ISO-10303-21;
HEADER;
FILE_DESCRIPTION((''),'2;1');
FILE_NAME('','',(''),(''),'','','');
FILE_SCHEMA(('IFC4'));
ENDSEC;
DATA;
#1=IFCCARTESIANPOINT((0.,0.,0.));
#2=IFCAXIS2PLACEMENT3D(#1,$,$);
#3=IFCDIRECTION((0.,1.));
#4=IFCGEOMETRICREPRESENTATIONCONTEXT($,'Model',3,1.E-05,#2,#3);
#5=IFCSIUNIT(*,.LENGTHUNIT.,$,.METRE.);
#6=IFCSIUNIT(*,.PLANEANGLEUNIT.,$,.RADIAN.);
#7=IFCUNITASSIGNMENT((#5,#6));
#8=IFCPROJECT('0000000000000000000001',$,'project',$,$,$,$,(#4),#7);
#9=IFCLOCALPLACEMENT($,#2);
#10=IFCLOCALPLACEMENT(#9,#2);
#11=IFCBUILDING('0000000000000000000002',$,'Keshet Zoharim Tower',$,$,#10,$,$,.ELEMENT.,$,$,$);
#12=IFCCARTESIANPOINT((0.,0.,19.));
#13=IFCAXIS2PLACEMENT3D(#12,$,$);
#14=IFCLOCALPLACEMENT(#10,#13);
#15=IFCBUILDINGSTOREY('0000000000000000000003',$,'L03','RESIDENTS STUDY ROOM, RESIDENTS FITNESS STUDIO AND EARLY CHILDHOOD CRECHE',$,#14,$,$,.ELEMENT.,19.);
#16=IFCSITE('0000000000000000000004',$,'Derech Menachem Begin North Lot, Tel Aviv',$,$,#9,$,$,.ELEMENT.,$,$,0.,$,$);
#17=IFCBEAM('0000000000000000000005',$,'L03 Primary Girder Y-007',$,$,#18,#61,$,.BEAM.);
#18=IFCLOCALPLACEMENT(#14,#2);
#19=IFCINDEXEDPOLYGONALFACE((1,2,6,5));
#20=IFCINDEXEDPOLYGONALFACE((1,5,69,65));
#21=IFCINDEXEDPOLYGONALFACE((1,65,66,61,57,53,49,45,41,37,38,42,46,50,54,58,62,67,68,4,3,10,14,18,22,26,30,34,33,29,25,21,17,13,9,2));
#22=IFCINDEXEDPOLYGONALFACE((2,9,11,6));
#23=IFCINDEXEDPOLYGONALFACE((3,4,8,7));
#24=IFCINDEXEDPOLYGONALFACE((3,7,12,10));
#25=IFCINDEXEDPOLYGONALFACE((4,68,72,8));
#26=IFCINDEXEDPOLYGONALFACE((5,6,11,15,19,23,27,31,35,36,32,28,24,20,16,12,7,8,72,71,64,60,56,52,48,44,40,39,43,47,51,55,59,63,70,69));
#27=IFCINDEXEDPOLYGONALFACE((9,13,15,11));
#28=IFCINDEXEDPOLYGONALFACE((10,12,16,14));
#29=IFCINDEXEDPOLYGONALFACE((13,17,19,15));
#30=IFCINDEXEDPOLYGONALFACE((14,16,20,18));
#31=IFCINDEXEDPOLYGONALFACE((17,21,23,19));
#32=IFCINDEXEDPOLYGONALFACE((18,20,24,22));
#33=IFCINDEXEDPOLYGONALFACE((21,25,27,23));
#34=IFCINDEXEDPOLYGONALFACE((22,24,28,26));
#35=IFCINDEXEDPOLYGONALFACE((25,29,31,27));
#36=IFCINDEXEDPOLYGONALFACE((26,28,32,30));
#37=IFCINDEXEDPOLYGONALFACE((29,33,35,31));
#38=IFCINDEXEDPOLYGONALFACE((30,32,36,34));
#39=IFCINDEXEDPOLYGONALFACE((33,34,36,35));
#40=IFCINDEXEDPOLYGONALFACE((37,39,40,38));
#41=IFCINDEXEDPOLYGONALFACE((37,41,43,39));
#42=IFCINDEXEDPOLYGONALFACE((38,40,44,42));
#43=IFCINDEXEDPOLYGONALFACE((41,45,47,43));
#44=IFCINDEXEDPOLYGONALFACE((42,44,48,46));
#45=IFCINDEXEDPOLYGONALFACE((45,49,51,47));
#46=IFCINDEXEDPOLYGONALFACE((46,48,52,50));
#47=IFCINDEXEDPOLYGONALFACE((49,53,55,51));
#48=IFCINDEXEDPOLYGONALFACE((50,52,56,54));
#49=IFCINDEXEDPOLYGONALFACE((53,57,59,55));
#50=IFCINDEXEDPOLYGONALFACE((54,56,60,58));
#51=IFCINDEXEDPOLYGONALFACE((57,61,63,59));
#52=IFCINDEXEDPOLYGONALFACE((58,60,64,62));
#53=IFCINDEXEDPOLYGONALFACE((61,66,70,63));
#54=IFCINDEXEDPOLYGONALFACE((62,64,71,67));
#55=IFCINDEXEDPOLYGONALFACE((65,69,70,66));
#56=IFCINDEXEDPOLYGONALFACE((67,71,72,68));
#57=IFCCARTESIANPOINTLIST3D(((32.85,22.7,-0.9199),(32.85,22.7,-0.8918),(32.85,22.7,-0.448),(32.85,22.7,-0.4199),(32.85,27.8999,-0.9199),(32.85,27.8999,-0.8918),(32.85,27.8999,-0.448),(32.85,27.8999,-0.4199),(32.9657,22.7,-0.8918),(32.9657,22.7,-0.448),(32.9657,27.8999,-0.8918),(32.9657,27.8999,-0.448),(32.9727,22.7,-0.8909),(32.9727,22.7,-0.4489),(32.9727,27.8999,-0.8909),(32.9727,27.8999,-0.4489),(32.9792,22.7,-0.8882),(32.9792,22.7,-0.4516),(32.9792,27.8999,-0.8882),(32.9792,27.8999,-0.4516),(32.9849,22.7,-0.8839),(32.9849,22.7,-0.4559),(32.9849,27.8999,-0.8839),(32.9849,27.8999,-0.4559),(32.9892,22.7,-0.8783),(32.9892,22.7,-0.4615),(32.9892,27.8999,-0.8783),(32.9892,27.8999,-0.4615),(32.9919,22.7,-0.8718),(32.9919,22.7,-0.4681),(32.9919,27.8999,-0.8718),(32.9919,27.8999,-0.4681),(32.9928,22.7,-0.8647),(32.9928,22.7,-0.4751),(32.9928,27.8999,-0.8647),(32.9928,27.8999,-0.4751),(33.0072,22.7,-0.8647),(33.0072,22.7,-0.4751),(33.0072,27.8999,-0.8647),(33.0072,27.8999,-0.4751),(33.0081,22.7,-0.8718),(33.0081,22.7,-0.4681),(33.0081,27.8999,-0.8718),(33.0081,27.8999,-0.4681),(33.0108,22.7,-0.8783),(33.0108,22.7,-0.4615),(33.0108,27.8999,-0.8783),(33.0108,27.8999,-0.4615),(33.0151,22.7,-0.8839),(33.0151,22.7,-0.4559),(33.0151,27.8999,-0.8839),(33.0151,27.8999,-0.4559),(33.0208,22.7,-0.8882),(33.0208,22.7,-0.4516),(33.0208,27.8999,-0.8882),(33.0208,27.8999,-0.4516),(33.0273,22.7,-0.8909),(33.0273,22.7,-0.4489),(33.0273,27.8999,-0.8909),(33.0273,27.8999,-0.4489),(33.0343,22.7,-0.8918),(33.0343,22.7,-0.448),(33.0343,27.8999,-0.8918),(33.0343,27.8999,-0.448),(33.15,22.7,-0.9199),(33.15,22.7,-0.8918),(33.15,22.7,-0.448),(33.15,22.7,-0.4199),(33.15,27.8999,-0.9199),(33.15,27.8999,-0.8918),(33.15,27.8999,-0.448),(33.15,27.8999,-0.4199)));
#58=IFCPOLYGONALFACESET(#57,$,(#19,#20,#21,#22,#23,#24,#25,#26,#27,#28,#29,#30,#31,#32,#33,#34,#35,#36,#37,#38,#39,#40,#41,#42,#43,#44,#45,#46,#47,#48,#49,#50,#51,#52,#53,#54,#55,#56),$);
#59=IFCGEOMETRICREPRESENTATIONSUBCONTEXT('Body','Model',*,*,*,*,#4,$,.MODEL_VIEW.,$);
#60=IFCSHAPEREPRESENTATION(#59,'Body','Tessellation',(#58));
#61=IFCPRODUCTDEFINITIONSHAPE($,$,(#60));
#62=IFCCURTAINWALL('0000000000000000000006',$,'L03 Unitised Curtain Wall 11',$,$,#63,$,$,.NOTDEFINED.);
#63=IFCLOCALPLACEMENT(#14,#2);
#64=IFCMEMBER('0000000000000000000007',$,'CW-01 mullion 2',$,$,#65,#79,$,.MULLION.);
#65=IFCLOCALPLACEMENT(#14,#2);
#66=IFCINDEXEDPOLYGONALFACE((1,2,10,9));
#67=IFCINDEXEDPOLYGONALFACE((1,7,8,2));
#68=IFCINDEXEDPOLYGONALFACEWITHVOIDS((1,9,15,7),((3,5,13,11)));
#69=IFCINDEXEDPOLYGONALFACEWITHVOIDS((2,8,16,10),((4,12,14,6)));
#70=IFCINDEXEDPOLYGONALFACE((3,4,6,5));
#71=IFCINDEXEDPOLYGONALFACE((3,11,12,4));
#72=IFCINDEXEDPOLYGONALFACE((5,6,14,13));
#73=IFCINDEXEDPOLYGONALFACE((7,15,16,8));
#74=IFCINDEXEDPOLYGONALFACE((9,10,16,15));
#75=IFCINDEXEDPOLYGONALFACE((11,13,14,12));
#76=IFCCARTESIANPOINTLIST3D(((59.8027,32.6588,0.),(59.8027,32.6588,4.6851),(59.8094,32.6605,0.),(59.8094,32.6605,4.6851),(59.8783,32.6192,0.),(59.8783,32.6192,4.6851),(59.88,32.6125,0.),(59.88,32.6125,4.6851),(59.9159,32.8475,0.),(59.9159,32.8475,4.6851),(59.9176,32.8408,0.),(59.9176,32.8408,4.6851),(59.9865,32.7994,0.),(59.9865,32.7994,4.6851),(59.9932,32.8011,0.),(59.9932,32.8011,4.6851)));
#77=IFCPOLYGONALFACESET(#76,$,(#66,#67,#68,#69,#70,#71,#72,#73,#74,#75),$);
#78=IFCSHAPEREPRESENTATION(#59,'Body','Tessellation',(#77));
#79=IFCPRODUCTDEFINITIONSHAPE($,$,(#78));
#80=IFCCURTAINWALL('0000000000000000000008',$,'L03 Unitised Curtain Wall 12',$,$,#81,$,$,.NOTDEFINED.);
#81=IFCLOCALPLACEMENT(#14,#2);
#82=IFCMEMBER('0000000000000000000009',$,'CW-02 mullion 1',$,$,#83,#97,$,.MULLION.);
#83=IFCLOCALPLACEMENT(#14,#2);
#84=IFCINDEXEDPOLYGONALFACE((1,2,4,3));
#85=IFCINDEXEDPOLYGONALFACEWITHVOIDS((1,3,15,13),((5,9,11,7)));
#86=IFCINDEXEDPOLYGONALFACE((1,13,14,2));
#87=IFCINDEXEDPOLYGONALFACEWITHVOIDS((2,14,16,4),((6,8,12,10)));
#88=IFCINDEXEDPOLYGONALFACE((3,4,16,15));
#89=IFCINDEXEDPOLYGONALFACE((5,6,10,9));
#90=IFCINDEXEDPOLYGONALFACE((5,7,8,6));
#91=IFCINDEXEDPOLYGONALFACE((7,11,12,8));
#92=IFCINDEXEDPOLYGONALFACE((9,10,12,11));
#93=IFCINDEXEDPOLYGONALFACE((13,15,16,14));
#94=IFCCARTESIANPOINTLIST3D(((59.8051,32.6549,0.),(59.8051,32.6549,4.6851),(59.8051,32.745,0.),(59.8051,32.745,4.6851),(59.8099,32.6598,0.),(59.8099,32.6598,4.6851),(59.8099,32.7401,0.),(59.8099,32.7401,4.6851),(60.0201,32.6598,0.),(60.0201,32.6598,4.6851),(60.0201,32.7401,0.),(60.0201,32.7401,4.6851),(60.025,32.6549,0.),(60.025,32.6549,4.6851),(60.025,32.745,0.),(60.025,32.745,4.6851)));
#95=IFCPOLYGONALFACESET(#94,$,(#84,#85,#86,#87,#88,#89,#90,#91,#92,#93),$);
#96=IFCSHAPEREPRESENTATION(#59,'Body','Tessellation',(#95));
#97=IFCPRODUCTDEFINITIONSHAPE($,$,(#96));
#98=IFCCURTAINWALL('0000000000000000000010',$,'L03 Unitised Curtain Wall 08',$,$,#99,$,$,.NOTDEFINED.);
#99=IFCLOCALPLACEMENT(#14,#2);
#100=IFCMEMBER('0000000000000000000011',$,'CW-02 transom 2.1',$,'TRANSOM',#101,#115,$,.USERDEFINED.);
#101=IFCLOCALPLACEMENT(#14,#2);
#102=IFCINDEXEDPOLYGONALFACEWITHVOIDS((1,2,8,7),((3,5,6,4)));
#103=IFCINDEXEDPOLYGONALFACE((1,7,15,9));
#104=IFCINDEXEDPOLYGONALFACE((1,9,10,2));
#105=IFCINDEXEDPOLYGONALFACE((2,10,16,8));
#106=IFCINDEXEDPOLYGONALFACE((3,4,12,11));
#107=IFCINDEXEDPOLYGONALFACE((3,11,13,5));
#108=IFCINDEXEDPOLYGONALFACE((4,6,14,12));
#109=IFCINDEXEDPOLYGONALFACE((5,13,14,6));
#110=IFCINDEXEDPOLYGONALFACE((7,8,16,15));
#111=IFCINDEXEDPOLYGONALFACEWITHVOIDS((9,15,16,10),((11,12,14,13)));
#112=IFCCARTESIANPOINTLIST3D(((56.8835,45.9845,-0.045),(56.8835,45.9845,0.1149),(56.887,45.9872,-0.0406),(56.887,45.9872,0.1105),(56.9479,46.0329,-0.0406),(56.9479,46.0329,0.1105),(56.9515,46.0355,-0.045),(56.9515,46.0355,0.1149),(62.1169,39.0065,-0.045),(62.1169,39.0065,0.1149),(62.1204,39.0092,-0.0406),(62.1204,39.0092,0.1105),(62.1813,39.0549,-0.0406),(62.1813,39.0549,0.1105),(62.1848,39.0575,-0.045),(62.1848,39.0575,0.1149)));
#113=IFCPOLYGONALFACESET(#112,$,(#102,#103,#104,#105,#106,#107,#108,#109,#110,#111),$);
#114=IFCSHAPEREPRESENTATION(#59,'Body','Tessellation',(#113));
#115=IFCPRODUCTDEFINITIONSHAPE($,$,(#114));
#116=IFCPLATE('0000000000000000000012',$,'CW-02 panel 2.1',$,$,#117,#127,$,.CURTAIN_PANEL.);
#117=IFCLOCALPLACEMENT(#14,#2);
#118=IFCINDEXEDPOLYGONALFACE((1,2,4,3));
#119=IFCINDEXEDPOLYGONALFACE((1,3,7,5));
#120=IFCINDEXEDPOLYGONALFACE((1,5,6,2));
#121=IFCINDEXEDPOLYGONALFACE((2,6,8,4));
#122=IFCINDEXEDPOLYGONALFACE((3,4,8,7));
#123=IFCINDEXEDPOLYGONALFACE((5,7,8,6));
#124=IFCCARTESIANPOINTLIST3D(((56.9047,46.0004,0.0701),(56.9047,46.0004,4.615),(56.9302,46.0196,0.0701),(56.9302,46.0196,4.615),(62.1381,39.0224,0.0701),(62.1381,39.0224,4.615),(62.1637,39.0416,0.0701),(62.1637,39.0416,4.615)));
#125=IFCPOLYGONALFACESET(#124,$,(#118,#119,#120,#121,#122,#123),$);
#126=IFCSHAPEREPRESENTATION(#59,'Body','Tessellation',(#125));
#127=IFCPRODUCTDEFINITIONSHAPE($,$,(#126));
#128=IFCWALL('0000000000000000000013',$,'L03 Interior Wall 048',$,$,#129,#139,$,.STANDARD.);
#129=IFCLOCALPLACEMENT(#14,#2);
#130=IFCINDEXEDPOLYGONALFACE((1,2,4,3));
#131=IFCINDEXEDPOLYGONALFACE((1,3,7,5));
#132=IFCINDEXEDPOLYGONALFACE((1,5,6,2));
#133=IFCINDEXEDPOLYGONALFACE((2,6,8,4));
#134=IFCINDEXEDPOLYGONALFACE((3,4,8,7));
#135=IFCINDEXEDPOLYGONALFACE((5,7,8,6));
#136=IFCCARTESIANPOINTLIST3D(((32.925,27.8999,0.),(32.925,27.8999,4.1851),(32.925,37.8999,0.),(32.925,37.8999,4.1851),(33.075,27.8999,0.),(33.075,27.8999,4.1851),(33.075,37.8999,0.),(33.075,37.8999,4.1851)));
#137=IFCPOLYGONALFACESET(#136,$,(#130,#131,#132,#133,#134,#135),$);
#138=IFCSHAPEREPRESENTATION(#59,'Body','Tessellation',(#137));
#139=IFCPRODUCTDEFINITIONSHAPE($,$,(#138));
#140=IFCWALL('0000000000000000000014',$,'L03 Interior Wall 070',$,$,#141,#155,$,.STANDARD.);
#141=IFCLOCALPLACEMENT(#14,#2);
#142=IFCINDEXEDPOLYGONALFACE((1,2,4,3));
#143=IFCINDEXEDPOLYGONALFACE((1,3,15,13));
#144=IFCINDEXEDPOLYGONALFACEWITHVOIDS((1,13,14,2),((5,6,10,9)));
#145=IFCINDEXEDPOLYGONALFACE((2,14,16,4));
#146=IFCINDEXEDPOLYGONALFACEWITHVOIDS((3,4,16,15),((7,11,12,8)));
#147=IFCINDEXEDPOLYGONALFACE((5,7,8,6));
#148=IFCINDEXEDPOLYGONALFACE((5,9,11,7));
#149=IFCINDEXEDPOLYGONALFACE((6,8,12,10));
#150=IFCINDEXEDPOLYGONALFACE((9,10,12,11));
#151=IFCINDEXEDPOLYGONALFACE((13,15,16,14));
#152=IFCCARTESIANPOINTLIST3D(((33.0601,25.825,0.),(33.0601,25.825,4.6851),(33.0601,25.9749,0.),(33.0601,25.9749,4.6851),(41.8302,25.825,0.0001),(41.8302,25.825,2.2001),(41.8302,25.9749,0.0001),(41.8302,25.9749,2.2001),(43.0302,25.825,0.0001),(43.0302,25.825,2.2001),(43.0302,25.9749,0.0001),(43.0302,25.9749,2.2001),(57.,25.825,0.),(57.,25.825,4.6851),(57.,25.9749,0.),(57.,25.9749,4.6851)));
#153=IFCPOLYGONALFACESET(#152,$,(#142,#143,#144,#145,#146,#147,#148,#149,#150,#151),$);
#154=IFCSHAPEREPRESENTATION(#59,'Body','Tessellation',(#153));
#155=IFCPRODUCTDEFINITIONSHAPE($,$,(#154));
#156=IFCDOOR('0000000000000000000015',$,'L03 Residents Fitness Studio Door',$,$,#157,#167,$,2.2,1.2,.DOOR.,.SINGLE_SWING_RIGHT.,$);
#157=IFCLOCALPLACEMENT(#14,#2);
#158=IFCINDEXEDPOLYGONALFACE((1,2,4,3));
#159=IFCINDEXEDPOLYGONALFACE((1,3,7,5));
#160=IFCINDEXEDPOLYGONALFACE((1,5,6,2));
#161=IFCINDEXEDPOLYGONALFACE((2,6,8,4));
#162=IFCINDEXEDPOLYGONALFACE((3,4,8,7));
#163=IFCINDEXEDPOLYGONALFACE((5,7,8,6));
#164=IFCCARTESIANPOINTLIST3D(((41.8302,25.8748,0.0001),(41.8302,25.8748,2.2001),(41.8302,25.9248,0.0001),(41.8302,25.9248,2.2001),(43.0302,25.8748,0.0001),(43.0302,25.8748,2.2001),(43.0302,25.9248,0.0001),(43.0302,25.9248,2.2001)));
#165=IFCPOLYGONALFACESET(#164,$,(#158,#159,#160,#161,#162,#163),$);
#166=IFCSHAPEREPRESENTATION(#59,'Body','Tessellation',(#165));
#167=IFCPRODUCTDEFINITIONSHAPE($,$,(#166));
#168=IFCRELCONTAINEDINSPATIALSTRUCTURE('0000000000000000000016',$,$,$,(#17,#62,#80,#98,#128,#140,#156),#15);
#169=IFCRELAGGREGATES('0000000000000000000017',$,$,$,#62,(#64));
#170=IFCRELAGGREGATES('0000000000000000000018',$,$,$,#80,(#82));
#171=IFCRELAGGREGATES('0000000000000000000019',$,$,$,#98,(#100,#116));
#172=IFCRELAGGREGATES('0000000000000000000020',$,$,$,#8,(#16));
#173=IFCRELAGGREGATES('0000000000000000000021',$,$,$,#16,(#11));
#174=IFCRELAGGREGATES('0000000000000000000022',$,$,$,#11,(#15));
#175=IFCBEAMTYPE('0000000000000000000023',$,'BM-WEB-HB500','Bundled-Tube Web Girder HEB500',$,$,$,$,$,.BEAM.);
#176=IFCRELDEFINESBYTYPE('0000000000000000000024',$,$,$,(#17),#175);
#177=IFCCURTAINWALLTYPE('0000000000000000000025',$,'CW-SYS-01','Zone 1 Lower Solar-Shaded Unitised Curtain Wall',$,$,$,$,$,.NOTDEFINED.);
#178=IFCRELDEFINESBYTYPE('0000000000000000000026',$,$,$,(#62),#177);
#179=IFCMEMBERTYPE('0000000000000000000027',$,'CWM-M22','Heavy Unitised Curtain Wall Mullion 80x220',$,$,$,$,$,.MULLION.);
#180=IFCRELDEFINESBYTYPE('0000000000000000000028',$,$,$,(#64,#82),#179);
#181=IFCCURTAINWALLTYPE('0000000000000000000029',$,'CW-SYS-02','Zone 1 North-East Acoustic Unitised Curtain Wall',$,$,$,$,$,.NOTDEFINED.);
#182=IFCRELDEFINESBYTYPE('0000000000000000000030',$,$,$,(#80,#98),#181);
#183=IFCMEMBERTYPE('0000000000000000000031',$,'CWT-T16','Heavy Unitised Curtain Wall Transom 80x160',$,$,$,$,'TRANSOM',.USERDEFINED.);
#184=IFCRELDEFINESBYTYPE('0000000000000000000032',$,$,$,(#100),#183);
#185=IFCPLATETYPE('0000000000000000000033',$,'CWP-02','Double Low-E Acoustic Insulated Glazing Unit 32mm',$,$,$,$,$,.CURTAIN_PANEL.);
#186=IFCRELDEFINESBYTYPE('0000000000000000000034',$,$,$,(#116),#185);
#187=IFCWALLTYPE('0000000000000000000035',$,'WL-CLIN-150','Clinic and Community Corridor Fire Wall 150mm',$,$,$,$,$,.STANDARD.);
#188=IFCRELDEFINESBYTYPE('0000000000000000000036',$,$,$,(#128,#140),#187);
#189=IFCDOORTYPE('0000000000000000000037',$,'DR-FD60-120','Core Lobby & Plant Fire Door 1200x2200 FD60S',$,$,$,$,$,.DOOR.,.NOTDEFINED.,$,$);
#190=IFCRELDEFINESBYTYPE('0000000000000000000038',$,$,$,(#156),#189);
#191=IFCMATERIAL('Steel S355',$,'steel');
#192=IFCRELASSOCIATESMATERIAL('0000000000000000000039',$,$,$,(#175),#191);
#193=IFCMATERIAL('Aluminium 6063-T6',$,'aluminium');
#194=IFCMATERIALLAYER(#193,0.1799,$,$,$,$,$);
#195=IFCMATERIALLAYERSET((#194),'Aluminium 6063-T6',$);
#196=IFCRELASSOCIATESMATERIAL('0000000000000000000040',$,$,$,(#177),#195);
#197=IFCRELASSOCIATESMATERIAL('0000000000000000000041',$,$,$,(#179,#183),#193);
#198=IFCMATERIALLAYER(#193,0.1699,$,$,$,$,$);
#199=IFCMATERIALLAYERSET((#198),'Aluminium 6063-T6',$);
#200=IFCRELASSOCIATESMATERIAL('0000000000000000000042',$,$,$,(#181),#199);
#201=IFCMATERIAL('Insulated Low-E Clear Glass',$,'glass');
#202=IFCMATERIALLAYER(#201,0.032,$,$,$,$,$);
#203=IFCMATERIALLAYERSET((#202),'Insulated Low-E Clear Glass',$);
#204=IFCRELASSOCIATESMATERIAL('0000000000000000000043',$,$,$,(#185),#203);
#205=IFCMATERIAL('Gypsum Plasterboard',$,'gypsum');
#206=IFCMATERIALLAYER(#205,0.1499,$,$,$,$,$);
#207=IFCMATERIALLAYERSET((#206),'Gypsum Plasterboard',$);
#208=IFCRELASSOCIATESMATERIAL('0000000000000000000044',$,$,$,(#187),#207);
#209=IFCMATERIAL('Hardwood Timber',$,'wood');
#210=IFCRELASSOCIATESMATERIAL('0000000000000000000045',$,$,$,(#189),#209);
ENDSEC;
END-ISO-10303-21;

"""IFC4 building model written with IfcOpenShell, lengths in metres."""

from ifc_helpers import new_model, si_unit, direction, frame, frame_2d, origin, origin_2d, place, context, subcontext, project, spatial, rectangle, hollow_rectangle, i_section, extrude, material, layer, layer_set, material_profile, profile_set, type_object, element, fill, aggregate, save


model = new_model("IFC4")

# Units and contexts
model_context = context("Model", 3, precision=1e-05, world=origin(), true_north=direction((0.0, 1.0)))
body_context = subcontext(model_context, "Body", "Model", "MODEL_VIEW")
ifc_project = project(units=[si_unit("LENGTHUNIT", "METRE"), si_unit("PLANEANGLEUNIT", "RADIAN")], contexts=[model_context])

# Site, building, storey
site_placement = place(None, origin())
site = spatial("IfcSite", under=ifc_project, at=site_placement, Name="Derech Menachem Begin North Lot, Tel Aviv", CompositionType="ELEMENT", RefElevation=0.0)
building_placement = place(site_placement, origin())
building = spatial("IfcBuilding", under=site, at=building_placement, Name="Keshet Zoharim Tower", CompositionType="ELEMENT")
storey_placement = place(building_placement, frame((0.0, 0.0, 19.0)))
storey = spatial("IfcBuildingStorey", under=building, at=storey_placement, Name="L03", Description="RESIDENTS STUDY ROOM, RESIDENTS FITNESS STUDIO AND EARLY CHILDHOOD CRECHE", CompositionType="ELEMENT", Elevation=19.0)

# Beam
ifc_material_1 = material(Name="Steel S355", Category="steel")
ifc_material_profile_1 = material_profile(ifc_material_1, i_section(OverallWidth=0.3, OverallDepth=0.5, WebThickness=0.0144, FlangeThickness=0.0281, FilletRadius=0.0271, at=origin_2d()), Name="HEB500")
ifc_profile_set_1 = profile_set([ifc_material_profile_1], Name="Steel S355")
beam_type_1 = type_object("IfcBeamType", Name="BM-WEB-HB500", Description="Bundled-Tube Web Girder HEB500", PredefinedType="BEAM", material=ifc_profile_set_1)
beam_1_placement = place(storey_placement, frame((33.0, 22.7, -0.6699), z_axis=(0.0, 1.0, 0.0), x_axis=(-1.0, 0.0, 0.0)))
element("IfcBeam", 1, at=beam_1_placement, inside=storey, type_object=beam_type_1, Name="L03 Primary Girder Y-007", PredefinedType="BEAM", context=body_context, shape_type="SweptSolid", body=[
    extrude(i_section(OverallWidth=0.3, OverallDepth=0.5, WebThickness=0.0144, FlangeThickness=0.0281, FilletRadius=0.0271, at=origin_2d()), origin(), (0.0, 0.0, 1.0), 5.2),
])

# Curtain walls, members
ifc_material_2 = material(Name="Aluminium 6063-T6", Category="aluminium")
ifc_layer_1 = layer(ifc_material_2, 0.1799)
ifc_layer_set_1 = layer_set([ifc_layer_1], Name="Aluminium 6063-T6")
curtain_wall_type_1 = type_object("IfcCurtainWallType", Name="CW-SYS-01", Description="Zone 1 Lower Solar-Shaded Unitised Curtain Wall", PredefinedType="NOTDEFINED", material=ifc_layer_set_1)
curtain_wall_1_placement = place(storey_placement, origin())
curtain_wall_1 = element("IfcCurtainWall", 2, at=curtain_wall_1_placement, inside=storey, type_object=curtain_wall_type_1, Name="L03 Unitised Curtain Wall 11", PredefinedType="NOTDEFINED")
ifc_material_profile_2 = material_profile(ifc_material_2, hollow_rectangle(XDim=0.0901, YDim=0.22, WallThickness=0.0049, at=origin_2d()), Name="MUL-90x220")
ifc_profile_set_2 = profile_set([ifc_material_profile_2], Name="Aluminium 6063-T6")
member_type_1 = type_object("IfcMemberType", Name="CWM-M22", Description="Heavy Unitised Curtain Wall Mullion 80x220", PredefinedType="MULLION", material=ifc_profile_set_2)
member_1_placement = place(storey_placement, frame((59.8979, 32.73, 0.0), z_axis=(0.0, 0.0, 1.0), x_axis=(0.857512, -0.514465, 0.0)))
member_1 = element("IfcMember", 3, at=member_1_placement, type_object=member_type_1, Name="CW-01 mullion 2", PredefinedType="MULLION", context=body_context, shape_type="SweptSolid", body=[
    extrude(hollow_rectangle(XDim=0.0901, YDim=0.22, WallThickness=0.0049, at=origin_2d()), origin(), (0.0, 0.0, 1.0), 4.6851),
])
aggregate(curtain_wall_1, [member_1])
ifc_layer_2 = layer(ifc_material_2, 0.1699)
ifc_layer_set_2 = layer_set([ifc_layer_2], Name="Aluminium 6063-T6")
curtain_wall_type_2 = type_object("IfcCurtainWallType", Name="CW-SYS-02", Description="Zone 1 North-East Acoustic Unitised Curtain Wall", PredefinedType="NOTDEFINED", material=ifc_layer_set_2)
curtain_wall_2_placement = place(storey_placement, origin())
curtain_wall_2 = element("IfcCurtainWall", 4, at=curtain_wall_2_placement, inside=storey, type_object=curtain_wall_type_2, Name="L03 Unitised Curtain Wall 12", PredefinedType="NOTDEFINED")
member_2_placement = place(storey_placement, frame((59.915, 32.7, 0.0), z_axis=(0.0, 0.0, 1.0), x_axis=(0.0, 1.0, 0.0)))
member_2 = element("IfcMember", 5, at=member_2_placement, type_object=member_type_1, Name="CW-02 mullion 1", PredefinedType="MULLION", context=body_context, shape_type="SweptSolid", body=[
    extrude(hollow_rectangle(XDim=0.0901, YDim=0.22, WallThickness=0.0049, at=origin_2d()), origin(), (0.0, 0.0, 1.0), 4.6851),
])
aggregate(curtain_wall_2, [member_2])

# Curtain wall, member, plate
curtain_wall_3_placement = place(storey_placement, origin())
curtain_wall_3 = element("IfcCurtainWall", 6, at=curtain_wall_3_placement, inside=storey, type_object=curtain_wall_type_2, Name="L03 Unitised Curtain Wall 08", PredefinedType="NOTDEFINED")
ifc_material_profile_3 = material_profile(ifc_material_2, hollow_rectangle(XDim=0.085, YDim=0.1599, WallThickness=0.0044, at=origin_2d()), Name="TRN-85x160")
ifc_profile_set_3 = profile_set([ifc_material_profile_3], Name="Aluminium 6063-T6")
member_type_2 = type_object("IfcMemberType", Name="CWT-T16", Description="Heavy Unitised Curtain Wall Transom 80x160", ElementType="TRANSOM", PredefinedType="USERDEFINED", material=ifc_profile_set_3)
member_3_placement = place(storey_placement, frame((56.9175, 46.01, 0.0349), z_axis=(0.599991, -0.800007, 0.0), x_axis=(0.800007, 0.599991, 0.0)))
member_3 = element("IfcMember", 7, at=member_3_placement, type_object=member_type_2, Name="CW-02 transom 2.1", ObjectType="TRANSOM", PredefinedType="USERDEFINED", context=body_context, shape_type="SweptSolid", body=[
    extrude(hollow_rectangle(XDim=0.085, YDim=0.1599, WallThickness=0.0044, at=origin_2d()), origin(), (0.0, 0.0, 1.0), 8.7224),
])
ifc_material_3 = material(Name="Insulated Low-E Clear Glass", Category="glass")
ifc_layer_3 = layer(ifc_material_3, 0.032)
ifc_layer_set_3 = layer_set([ifc_layer_3], Name="Insulated Low-E Clear Glass")
plate_type = type_object("IfcPlateType", Name="CWP-02", Description="Double Low-E Acoustic Insulated Glazing Unit 32mm", PredefinedType="CURTAIN_PANEL", material=ifc_layer_set_3)
plate_placement = place(storey_placement, frame((59.5342, 42.521, 0.0701), z_axis=(0.0, 0.0, 1.0), x_axis=(0.6, -0.8, 0.0)))
plate = element("IfcPlate", 8, at=plate_placement, type_object=plate_type, Name="CW-02 panel 2.1", PredefinedType="CURTAIN_PANEL", context=body_context, shape_type="SweptSolid", body=[
    extrude(rectangle(XDim=8.7224, YDim=0.032, at=origin_2d()), origin(), (0.0, 0.0, 1.0), 4.5449),
])
aggregate(curtain_wall_3, [member_3, plate])

# Wall
ifc_material_4 = material(Name="Gypsum Plasterboard", Category="gypsum")
ifc_layer_4 = layer(ifc_material_4, 0.1499)
ifc_layer_set_4 = layer_set([ifc_layer_4], Name="Gypsum Plasterboard")
wall_type_1 = type_object("IfcWallType", Name="WL-CLIN-150", Description="Clinic and Community Corridor Fire Wall 150mm", PredefinedType="STANDARD", material=ifc_layer_set_4)
wall_1_placement = place(storey_placement, frame((33.0, 27.8999, 0.0), z_axis=(0.0, 0.0, 1.0), x_axis=(0.0, 1.0, 0.0)))
element("IfcWall", 9, at=wall_1_placement, inside=storey, type_object=wall_type_1, Name="L03 Interior Wall 048", PredefinedType="STANDARD", context=body_context, shape_type="SweptSolid", body=[
    extrude(rectangle(XDim=10.0, YDim=0.1499, at=frame_2d((5.0, 0.0))), origin(), (0.0, 0.0, 1.0), 4.1851),
])

# Wall, opening, door
wall_2_placement = place(storey_placement, frame((33.0601, 25.8999, 0.0), z_axis=(0.0, 0.0, 1.0), x_axis=(1.0, 0.0, 0.0)))
wall_2 = element("IfcWall", 10, at=wall_2_placement, inside=storey, type_object=wall_type_1, Name="L03 Interior Wall 070", PredefinedType="STANDARD", context=body_context, shape_type="SweptSolid", body=[
    extrude(rectangle(XDim=23.9399, YDim=0.1499, at=frame_2d((11.97, 0.0))), origin(), (0.0, 0.0, 1.0), 4.6851),
])
opening_1_placement = place(wall_2_placement, frame((8.77, 0.0, 0.0)))
opening_1 = element("IfcOpeningElement", 11, at=opening_1_placement, cuts=wall_2, PredefinedType="OPENING", context=body_context, shape_type="SweptSolid", body=[
    extrude(rectangle(XDim=1.2, YDim=2.2, at=frame_2d((0.6001, 1.1001))), frame((0.0, 0.085, 0.0), z_axis=(0.0, -1.0, 0.0), x_axis=(1.0, 0.0, 0.0)), (0.0, 0.0, 1.0), 0.1699),
])
ifc_material_5 = material(Name="Hardwood Timber", Category="wood")
door_type_1 = type_object("IfcDoorType", Name="DR-FD60-120", Description="Core Lobby & Plant Fire Door 1200x2200 FD60S", OperationType="NOTDEFINED", PredefinedType="DOOR", material=ifc_material_5)
door_1_placement = place(opening_1_placement, origin())
door_1 = element("IfcDoor", 12, at=door_1_placement, inside=storey, type_object=door_type_1, Name="L03 Residents Fitness Studio Door", OperationType="SINGLE_SWING_RIGHT", OverallHeight=2.2, OverallWidth=1.2, PredefinedType="DOOR", context=body_context, shape_type="SweptSolid", body=[
    extrude(rectangle(XDim=1.2, YDim=2.2, at=frame_2d((0.6001, 1.1001))), frame((0.0, 0.0249, 0.0), z_axis=(0.0, -1.0, 0.0), x_axis=(1.0, 0.0, 0.0)), (0.0, 0.0, 1.0), 0.05),
])
fill(opening_1, door_1)

save(model, "model.ifc")
